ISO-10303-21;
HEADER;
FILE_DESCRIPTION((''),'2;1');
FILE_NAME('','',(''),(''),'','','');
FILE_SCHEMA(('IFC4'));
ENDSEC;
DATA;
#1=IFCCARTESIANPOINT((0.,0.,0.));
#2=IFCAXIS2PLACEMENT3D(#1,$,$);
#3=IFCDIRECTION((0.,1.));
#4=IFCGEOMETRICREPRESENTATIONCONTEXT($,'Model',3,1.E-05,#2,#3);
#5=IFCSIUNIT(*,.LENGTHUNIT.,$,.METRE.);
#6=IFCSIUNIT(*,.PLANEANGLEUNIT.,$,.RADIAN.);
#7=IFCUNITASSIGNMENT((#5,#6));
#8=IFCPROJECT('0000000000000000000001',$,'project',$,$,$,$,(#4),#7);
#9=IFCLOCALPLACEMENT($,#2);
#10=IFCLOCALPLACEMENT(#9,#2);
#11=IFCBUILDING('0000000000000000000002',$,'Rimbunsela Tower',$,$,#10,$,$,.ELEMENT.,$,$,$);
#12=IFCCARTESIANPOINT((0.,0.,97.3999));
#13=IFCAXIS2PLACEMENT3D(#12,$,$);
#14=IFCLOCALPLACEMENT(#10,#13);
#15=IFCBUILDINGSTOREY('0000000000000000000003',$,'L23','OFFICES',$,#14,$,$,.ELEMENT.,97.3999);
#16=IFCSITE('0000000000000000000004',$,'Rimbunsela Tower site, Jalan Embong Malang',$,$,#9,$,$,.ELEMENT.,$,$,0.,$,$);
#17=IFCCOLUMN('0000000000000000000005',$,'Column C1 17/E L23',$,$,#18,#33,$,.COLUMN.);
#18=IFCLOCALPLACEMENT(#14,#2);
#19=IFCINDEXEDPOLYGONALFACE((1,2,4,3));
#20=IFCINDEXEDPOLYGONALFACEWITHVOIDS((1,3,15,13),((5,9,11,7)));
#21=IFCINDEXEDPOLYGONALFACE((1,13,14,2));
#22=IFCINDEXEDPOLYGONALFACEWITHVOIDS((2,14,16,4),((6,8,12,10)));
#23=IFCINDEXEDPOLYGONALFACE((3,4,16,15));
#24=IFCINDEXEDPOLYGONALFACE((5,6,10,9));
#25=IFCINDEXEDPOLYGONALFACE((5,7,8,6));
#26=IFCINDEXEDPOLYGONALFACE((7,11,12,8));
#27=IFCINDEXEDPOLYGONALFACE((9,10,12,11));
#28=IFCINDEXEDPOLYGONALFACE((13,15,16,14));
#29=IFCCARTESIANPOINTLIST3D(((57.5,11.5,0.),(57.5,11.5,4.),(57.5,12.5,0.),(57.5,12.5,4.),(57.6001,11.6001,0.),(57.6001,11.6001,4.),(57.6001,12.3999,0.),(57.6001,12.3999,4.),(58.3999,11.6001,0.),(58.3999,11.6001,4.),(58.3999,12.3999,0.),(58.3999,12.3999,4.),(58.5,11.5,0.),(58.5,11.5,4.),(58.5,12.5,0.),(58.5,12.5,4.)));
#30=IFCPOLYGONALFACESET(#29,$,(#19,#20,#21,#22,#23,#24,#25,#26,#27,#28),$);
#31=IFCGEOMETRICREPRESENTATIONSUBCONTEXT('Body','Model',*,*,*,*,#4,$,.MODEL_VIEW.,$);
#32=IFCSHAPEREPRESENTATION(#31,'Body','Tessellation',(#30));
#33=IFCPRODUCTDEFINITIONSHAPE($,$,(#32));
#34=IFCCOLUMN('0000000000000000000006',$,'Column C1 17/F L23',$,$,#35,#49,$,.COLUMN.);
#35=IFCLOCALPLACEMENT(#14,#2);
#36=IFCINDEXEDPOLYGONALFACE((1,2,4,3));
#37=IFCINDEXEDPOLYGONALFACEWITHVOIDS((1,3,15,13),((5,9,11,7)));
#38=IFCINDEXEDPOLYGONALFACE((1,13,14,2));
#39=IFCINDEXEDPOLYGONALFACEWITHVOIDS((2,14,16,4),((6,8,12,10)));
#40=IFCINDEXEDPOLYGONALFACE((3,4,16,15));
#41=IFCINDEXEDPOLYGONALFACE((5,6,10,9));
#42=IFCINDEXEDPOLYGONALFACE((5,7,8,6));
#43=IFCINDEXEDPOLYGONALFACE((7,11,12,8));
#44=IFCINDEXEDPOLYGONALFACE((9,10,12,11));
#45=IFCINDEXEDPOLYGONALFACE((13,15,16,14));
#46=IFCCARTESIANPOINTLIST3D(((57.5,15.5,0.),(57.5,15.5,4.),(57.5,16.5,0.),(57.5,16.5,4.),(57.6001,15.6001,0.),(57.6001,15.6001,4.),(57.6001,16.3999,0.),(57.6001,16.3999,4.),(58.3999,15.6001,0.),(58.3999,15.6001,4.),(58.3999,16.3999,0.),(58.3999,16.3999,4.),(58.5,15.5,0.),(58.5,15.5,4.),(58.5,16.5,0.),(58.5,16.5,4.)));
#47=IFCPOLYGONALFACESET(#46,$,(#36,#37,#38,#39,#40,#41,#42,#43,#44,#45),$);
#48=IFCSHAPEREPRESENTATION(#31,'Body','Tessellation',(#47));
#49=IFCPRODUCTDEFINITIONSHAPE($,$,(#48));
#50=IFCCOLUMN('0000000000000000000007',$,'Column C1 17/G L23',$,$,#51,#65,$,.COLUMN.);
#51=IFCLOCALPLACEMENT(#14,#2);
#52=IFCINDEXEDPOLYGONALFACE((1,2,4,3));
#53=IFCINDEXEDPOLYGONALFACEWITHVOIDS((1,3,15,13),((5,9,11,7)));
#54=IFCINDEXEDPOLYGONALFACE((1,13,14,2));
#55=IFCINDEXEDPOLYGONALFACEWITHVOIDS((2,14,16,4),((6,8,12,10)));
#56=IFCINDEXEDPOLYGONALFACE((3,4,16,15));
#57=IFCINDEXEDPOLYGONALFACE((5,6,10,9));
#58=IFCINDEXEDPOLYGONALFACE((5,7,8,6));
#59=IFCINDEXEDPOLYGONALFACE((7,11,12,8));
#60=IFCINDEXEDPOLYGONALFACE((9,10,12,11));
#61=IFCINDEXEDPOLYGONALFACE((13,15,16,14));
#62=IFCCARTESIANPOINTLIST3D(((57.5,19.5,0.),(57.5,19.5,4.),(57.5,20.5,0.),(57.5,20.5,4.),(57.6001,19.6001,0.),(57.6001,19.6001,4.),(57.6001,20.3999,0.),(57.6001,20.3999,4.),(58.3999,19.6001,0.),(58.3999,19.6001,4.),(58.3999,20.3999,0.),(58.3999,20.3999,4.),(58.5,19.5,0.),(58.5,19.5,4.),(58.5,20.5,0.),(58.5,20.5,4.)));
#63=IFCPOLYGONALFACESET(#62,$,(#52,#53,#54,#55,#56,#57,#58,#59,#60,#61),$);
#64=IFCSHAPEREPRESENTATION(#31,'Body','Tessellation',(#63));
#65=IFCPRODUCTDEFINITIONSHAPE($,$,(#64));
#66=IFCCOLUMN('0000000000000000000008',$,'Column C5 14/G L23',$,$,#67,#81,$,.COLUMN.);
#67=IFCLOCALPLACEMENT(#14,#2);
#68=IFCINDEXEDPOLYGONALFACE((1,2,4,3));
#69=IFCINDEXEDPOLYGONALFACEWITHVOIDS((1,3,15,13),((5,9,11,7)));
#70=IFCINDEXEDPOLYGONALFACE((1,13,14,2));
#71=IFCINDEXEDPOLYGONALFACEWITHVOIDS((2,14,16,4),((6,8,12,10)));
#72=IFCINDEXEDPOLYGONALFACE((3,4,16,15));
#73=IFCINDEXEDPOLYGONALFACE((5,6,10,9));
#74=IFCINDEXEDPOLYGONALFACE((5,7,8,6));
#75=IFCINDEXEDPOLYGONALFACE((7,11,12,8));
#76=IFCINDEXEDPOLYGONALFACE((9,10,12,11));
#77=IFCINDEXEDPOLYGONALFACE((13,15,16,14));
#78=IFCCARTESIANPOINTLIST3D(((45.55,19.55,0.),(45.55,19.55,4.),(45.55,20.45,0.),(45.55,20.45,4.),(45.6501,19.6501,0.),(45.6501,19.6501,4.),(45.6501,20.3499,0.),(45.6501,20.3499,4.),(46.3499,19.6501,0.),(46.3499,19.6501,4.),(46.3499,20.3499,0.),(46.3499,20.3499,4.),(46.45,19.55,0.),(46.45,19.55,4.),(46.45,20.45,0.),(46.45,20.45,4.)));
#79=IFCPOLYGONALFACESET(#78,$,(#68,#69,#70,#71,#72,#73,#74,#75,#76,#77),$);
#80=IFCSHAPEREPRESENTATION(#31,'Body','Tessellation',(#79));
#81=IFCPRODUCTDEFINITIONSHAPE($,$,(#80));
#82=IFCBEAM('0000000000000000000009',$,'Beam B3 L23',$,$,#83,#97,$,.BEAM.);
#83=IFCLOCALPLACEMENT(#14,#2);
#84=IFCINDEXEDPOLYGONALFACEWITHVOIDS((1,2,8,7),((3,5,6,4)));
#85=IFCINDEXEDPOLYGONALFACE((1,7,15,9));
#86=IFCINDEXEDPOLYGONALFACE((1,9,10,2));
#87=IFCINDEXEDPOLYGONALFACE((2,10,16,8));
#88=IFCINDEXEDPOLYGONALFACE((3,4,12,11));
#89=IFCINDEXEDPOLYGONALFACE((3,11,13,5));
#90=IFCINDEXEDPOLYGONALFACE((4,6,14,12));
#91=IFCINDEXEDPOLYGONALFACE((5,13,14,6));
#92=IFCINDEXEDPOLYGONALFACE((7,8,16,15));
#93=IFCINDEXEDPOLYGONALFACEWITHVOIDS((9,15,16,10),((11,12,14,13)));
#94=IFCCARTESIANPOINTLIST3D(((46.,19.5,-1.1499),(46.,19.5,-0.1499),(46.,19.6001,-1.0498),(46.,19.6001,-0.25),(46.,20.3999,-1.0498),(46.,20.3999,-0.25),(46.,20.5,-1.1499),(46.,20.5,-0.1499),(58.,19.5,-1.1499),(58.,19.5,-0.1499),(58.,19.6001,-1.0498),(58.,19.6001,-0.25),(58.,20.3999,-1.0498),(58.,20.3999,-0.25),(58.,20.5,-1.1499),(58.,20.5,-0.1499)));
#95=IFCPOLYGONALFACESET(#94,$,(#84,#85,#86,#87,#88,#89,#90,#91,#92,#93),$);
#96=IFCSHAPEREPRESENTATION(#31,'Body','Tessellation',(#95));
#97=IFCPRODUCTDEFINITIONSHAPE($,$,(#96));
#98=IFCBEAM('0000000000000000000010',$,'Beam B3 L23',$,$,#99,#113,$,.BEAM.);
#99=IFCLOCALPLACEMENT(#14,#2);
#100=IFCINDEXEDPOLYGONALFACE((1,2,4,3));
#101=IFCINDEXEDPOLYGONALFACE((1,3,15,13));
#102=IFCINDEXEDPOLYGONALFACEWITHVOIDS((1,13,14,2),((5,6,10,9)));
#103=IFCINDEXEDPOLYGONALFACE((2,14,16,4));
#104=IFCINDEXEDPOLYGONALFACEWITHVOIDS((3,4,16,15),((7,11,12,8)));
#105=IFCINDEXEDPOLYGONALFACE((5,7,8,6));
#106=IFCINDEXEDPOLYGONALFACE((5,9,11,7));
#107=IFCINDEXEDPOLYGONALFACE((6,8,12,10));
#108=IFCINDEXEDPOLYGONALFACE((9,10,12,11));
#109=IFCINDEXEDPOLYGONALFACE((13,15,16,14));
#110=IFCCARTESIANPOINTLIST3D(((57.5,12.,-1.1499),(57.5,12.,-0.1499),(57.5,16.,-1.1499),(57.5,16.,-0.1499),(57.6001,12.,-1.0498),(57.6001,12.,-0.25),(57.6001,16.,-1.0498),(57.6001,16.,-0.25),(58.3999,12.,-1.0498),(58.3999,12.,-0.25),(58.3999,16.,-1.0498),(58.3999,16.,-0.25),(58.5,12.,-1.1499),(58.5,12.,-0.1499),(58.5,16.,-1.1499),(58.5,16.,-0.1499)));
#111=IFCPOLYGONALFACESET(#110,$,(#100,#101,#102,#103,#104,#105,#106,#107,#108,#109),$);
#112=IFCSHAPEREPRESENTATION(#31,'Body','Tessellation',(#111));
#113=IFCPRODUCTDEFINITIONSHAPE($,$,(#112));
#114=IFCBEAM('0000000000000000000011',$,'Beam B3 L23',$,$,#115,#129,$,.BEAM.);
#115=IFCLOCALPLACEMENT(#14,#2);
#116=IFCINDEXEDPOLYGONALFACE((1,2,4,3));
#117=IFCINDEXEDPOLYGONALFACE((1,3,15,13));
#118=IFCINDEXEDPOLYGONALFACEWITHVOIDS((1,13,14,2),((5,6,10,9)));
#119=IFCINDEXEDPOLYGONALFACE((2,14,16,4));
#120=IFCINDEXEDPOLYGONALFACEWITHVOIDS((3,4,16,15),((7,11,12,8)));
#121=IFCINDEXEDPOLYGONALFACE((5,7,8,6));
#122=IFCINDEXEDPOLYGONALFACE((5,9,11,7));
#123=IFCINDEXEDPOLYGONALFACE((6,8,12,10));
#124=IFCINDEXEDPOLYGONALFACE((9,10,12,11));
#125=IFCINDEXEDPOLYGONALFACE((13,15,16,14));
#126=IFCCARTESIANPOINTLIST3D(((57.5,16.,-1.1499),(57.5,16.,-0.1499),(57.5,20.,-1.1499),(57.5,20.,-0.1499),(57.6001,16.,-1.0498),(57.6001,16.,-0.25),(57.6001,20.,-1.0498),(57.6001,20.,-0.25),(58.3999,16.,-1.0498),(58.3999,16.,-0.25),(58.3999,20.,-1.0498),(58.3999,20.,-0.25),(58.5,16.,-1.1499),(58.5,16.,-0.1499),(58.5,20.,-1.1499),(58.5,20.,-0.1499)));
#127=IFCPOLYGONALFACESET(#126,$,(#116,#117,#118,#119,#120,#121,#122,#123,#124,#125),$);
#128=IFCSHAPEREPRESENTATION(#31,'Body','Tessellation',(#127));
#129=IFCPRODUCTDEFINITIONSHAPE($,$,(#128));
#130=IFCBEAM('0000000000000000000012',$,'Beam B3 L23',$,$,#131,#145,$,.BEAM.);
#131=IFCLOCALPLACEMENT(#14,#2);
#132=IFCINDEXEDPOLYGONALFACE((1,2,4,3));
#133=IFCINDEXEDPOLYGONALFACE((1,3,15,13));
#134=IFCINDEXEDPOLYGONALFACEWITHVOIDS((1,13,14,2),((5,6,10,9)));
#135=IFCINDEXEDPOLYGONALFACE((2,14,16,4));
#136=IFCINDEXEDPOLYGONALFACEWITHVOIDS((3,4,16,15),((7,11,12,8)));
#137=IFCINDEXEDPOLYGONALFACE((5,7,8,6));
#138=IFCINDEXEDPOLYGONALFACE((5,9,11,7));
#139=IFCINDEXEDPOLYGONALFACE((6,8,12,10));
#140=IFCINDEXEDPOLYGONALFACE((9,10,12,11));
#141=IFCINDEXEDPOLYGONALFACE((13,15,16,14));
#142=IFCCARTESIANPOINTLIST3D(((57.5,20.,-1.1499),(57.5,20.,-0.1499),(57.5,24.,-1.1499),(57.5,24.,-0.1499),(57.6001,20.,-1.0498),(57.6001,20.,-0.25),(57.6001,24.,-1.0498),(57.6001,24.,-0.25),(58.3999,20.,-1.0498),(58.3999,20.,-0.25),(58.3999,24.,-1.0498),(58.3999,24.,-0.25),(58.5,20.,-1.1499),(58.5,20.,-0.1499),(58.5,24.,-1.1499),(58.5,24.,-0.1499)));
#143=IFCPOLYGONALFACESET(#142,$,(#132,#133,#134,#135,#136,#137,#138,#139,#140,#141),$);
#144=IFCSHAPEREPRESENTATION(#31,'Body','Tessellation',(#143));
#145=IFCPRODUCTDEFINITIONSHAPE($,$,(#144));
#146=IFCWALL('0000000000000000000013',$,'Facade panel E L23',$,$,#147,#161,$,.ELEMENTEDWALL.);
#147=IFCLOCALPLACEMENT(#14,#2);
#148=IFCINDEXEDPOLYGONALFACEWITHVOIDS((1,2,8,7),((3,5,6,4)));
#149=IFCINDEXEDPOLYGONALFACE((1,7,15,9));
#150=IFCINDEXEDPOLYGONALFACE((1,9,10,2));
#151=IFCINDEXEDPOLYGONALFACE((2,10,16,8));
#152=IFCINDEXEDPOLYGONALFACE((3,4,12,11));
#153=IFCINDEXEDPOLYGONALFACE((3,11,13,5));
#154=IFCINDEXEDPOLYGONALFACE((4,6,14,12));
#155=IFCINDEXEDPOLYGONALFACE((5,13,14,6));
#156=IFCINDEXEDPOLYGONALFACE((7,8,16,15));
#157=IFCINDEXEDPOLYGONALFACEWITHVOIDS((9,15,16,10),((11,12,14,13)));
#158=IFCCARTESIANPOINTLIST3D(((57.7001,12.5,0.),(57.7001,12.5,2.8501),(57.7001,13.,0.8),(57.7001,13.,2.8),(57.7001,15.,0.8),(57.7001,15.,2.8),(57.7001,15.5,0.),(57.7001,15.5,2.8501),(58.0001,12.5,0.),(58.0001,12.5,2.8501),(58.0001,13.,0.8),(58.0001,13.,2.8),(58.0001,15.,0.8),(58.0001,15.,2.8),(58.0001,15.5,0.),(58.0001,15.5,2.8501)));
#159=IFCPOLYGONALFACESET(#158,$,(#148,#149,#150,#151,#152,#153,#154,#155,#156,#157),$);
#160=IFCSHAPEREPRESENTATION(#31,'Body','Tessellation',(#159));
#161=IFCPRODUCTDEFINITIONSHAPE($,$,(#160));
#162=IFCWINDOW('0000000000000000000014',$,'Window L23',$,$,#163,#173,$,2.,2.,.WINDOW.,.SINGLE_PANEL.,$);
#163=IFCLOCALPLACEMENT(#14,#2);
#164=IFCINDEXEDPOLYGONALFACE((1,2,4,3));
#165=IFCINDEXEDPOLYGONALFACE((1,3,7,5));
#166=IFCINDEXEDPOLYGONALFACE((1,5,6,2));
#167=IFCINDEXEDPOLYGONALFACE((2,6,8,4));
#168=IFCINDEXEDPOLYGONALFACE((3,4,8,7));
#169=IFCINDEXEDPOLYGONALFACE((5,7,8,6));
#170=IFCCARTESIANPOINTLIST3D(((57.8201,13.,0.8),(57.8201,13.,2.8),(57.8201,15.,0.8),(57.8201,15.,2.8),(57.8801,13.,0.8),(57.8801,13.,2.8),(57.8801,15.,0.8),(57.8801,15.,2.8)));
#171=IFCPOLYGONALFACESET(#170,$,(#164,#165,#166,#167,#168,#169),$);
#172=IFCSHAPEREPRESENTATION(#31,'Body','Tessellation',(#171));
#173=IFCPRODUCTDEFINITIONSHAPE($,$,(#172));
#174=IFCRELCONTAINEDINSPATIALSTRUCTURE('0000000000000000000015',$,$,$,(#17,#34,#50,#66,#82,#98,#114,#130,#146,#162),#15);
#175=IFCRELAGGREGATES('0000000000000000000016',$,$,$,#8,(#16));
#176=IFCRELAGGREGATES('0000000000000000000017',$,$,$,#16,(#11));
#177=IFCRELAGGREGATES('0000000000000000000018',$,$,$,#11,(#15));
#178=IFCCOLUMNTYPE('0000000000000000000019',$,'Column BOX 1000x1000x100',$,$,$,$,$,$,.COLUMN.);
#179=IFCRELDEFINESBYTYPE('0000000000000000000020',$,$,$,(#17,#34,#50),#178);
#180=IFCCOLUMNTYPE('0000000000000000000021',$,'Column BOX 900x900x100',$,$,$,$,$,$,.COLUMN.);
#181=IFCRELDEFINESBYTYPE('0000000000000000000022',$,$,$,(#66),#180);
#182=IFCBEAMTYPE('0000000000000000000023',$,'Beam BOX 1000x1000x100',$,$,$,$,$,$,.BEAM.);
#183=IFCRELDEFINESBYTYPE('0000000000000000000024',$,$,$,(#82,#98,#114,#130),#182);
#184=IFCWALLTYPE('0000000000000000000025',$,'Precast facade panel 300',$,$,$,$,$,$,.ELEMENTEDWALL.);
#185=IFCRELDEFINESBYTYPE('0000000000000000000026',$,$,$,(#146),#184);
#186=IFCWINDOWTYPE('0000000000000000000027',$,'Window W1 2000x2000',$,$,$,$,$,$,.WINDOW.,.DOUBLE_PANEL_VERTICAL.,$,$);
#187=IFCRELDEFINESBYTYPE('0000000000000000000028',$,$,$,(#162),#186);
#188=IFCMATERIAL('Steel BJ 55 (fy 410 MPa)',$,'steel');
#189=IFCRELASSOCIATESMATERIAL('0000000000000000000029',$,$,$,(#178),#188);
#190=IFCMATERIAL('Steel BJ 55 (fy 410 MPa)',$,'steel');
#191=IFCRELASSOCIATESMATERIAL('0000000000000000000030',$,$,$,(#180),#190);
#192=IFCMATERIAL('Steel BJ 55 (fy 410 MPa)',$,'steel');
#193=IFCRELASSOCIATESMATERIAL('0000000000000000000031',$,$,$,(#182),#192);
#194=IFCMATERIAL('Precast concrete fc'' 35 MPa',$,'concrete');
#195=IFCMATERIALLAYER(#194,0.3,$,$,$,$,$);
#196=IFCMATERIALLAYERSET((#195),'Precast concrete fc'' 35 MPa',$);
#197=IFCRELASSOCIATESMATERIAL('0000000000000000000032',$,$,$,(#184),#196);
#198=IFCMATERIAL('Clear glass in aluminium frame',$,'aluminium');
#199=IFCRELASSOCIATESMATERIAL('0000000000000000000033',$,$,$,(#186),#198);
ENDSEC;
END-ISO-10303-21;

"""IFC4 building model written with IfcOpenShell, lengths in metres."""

from ifc_helpers import new_model, si_unit, direction, frame, frame_2d, origin, origin_2d, place, context, subcontext, project, spatial, rectangle, hollow_rectangle, extrude, material, layer, layer_set, material_profile, profile_set, type_object, element, fill, save


model = new_model("IFC4")

# Units and contexts
model_context = context("Model", 3, precision=1e-05, world=origin(), true_north=direction((0.0, 1.0)))
body_context = subcontext(model_context, "Body", "Model", "MODEL_VIEW")
ifc_project = project(units=[si_unit("LENGTHUNIT", "METRE"), si_unit("PLANEANGLEUNIT", "RADIAN")], contexts=[model_context])

# Site, building, storey
site_placement = place(None, origin())
site = spatial("IfcSite", under=ifc_project, at=site_placement, Name="Rimbunsela Tower site, Jalan Embong Malang", CompositionType="ELEMENT", RefElevation=0.0)
building_placement = place(site_placement, origin())
building = spatial("IfcBuilding", under=site, at=building_placement, Name="Rimbunsela Tower", CompositionType="ELEMENT")
storey_placement = place(building_placement, frame((0.0, 0.0, 97.3999)))
storey = spatial("IfcBuildingStorey", under=building, at=storey_placement, Name="L23", Description="OFFICES", CompositionType="ELEMENT", Elevation=97.3999)

# Columns
ifc_material_1 = material(Name="Steel BJ 55 (fy 410 MPa)", Category="steel")
ifc_material_profile_1 = material_profile(ifc_material_1, hollow_rectangle(XDim=1.0, YDim=1.0, WallThickness=0.1001, at=origin_2d()), Name="BOX 1000x1000x100")
ifc_profile_set_1 = profile_set([ifc_material_profile_1], Name="Steel BJ 55 (fy 410 MPa)")
column_type_1 = type_object("IfcColumnType", Name="Column BOX 1000x1000x100", PredefinedType="COLUMN", material=ifc_profile_set_1)
for number, where, z_axis, x_axis, name in (
    (1, (58.0, 12.0, 0.0), (0.0, 0.0, 1.0), (1.0, 0.0, 0.0), "Column C1 17/E L23"),
    (2, (58.0, 16.0, 0.0), (0.0, 0.0, 1.0), (1.0, 0.0, 0.0), "Column C1 17/F L23"),
    (3, (58.0, 20.0, 0.0), (0.0, 0.0, 1.0), (1.0, 0.0, 0.0), "Column C1 17/G L23"),
):
    element("IfcColumn", number, at=place(storey_placement, frame(where, z_axis=z_axis, x_axis=x_axis)), inside=storey, type_object=column_type_1, Name=name, PredefinedType="COLUMN", context=body_context, shape_type="SweptSolid", body=[
        extrude(hollow_rectangle(XDim=1.0, YDim=1.0, WallThickness=0.1001, at=origin_2d()), origin(), (0.0, 0.0, 1.0), 4.0),
    ])
ifc_material_2 = material(Name="Steel BJ 55 (fy 410 MPa)", Category="steel")
ifc_material_profile_2 = material_profile(ifc_material_2, hollow_rectangle(XDim=0.8999, YDim=0.8999, WallThickness=0.1001, at=origin_2d()), Name="BOX 900x900x100")
ifc_profile_set_2 = profile_set([ifc_material_profile_2], Name="Steel BJ 55 (fy 410 MPa)")
column_type_2 = type_object("IfcColumnType", Name="Column BOX 900x900x100", PredefinedType="COLUMN", material=ifc_profile_set_2)
column_placement = place(storey_placement, frame((46.0, 20.0, 0.0), z_axis=(0.0, 0.0, 1.0), x_axis=(1.0, 0.0, 0.0)))
element("IfcColumn", 4, at=column_placement, inside=storey, type_object=column_type_2, Name="Column C5 14/G L23", PredefinedType="COLUMN", context=body_context, shape_type="SweptSolid", body=[
    extrude(hollow_rectangle(XDim=0.8999, YDim=0.8999, WallThickness=0.1001, at=origin_2d()), origin(), (0.0, 0.0, 1.0), 4.0),
])

# Beams
ifc_material_3 = material(Name="Steel BJ 55 (fy 410 MPa)", Category="steel")
ifc_material_profile_3 = material_profile(ifc_material_3, hollow_rectangle(XDim=1.0, YDim=1.0, WallThickness=0.1001, at=origin_2d()), Name="BOX 1000x1000x100")
ifc_profile_set_3 = profile_set([ifc_material_profile_3], Name="Steel BJ 55 (fy 410 MPa)")
beam_type = type_object("IfcBeamType", Name="Beam BOX 1000x1000x100", PredefinedType="BEAM", material=ifc_profile_set_3)
beam_placement = place(storey_placement, frame((46.0, 20.0, -0.6499), z_axis=(1.0, 0.0, 0.0), x_axis=(0.0, 1.0, 0.0)))
element("IfcBeam", 5, at=beam_placement, inside=storey, type_object=beam_type, Name="Beam B3 L23", PredefinedType="BEAM", context=body_context, shape_type="SweptSolid", body=[
    extrude(hollow_rectangle(XDim=1.0, YDim=1.0, WallThickness=0.1001, at=origin_2d()), origin(), (0.0, 0.0, 1.0), 12.0),
])
for number, where, z_axis, x_axis, name in (
    (6, (58.0, 12.0, -0.6499), (0.0, 1.0, 0.0), (-1.0, 0.0, 0.0), "Beam B3 L23"),
    (7, (58.0, 16.0, -0.6499), (0.0, 1.0, 0.0), (-1.0, 0.0, 0.0), "Beam B3 L23"),
    (8, (58.0, 20.0, -0.6499), (0.0, 1.0, 0.0), (-1.0, 0.0, 0.0), "Beam B3 L23"),
):
    element("IfcBeam", number, at=place(storey_placement, frame(where, z_axis=z_axis, x_axis=x_axis)), inside=storey, type_object=beam_type, Name=name, PredefinedType="BEAM", context=body_context, shape_type="SweptSolid", body=[
        extrude(hollow_rectangle(XDim=1.0, YDim=1.0, WallThickness=0.1001, at=origin_2d()), origin(), (0.0, 0.0, 1.0), 4.0),
    ])

# Wall, opening, window
ifc_material_4 = material(Name="Precast concrete fc' 35 MPa", Category="concrete")
ifc_layer_1 = layer(ifc_material_4, 0.3)
ifc_layer_set_1 = layer_set([ifc_layer_1], Name="Precast concrete fc' 35 MPa")
wall_type = type_object("IfcWallType", Name="Precast facade panel 300", PredefinedType="ELEMENTEDWALL", material=ifc_layer_set_1)
wall_1_placement = place(storey_placement, frame((57.8501, 12.5, 0.0), z_axis=(0.0, 0.0, 1.0), x_axis=(0.0, 1.0, 0.0)))
wall_1 = element("IfcWall", 9, at=wall_1_placement, inside=storey, type_object=wall_type, Name="Facade panel E L23", PredefinedType="ELEMENTEDWALL", context=body_context, shape_type="SweptSolid", body=[
    extrude(rectangle(XDim=3.0, YDim=0.3, at=frame_2d((1.5, 0.0))), origin(), (0.0, 0.0, 1.0), 2.8501),
])
opening_1_placement = place(wall_1_placement, frame((0.5, 0.0, 0.8)))
opening_1 = element("IfcOpeningElement", 10, at=opening_1_placement, cuts=wall_1, PredefinedType="OPENING", context=body_context, shape_type="SweptSolid", body=[
    extrude(rectangle(XDim=2.0, YDim=2.0, at=frame_2d((1.0, 1.0))), frame((0.0, 0.1599, 0.0), z_axis=(0.0, -1.0, 0.0), x_axis=(1.0, 0.0, 0.0)), (0.0, 0.0, 1.0), 0.3201),
])
ifc_material_5 = material(Name="Clear glass in aluminium frame", Category="aluminium")
window_type = type_object("IfcWindowType", Name="Window W1 2000x2000", PartitioningType="DOUBLE_PANEL_VERTICAL", PredefinedType="WINDOW", material=ifc_material_5)
window_1_placement = place(opening_1_placement, origin())
window_1 = element("IfcWindow", 11, at=window_1_placement, inside=storey, type_object=window_type, Name="Window L23", OverallHeight=2.0, OverallWidth=2.0, PartitioningType="SINGLE_PANEL", PredefinedType="WINDOW", context=body_context, shape_type="SweptSolid", body=[
    extrude(rectangle(XDim=2.0, YDim=2.0, at=frame_2d((1.0, 1.0))), frame((0.0, 0.03, 0.0), z_axis=(0.0, -1.0, 0.0), x_axis=(1.0, 0.0, 0.0)), (0.0, 0.0, 1.0), 0.0601),
])
fill(opening_1, window_1)

save(model, "model.ifc")
